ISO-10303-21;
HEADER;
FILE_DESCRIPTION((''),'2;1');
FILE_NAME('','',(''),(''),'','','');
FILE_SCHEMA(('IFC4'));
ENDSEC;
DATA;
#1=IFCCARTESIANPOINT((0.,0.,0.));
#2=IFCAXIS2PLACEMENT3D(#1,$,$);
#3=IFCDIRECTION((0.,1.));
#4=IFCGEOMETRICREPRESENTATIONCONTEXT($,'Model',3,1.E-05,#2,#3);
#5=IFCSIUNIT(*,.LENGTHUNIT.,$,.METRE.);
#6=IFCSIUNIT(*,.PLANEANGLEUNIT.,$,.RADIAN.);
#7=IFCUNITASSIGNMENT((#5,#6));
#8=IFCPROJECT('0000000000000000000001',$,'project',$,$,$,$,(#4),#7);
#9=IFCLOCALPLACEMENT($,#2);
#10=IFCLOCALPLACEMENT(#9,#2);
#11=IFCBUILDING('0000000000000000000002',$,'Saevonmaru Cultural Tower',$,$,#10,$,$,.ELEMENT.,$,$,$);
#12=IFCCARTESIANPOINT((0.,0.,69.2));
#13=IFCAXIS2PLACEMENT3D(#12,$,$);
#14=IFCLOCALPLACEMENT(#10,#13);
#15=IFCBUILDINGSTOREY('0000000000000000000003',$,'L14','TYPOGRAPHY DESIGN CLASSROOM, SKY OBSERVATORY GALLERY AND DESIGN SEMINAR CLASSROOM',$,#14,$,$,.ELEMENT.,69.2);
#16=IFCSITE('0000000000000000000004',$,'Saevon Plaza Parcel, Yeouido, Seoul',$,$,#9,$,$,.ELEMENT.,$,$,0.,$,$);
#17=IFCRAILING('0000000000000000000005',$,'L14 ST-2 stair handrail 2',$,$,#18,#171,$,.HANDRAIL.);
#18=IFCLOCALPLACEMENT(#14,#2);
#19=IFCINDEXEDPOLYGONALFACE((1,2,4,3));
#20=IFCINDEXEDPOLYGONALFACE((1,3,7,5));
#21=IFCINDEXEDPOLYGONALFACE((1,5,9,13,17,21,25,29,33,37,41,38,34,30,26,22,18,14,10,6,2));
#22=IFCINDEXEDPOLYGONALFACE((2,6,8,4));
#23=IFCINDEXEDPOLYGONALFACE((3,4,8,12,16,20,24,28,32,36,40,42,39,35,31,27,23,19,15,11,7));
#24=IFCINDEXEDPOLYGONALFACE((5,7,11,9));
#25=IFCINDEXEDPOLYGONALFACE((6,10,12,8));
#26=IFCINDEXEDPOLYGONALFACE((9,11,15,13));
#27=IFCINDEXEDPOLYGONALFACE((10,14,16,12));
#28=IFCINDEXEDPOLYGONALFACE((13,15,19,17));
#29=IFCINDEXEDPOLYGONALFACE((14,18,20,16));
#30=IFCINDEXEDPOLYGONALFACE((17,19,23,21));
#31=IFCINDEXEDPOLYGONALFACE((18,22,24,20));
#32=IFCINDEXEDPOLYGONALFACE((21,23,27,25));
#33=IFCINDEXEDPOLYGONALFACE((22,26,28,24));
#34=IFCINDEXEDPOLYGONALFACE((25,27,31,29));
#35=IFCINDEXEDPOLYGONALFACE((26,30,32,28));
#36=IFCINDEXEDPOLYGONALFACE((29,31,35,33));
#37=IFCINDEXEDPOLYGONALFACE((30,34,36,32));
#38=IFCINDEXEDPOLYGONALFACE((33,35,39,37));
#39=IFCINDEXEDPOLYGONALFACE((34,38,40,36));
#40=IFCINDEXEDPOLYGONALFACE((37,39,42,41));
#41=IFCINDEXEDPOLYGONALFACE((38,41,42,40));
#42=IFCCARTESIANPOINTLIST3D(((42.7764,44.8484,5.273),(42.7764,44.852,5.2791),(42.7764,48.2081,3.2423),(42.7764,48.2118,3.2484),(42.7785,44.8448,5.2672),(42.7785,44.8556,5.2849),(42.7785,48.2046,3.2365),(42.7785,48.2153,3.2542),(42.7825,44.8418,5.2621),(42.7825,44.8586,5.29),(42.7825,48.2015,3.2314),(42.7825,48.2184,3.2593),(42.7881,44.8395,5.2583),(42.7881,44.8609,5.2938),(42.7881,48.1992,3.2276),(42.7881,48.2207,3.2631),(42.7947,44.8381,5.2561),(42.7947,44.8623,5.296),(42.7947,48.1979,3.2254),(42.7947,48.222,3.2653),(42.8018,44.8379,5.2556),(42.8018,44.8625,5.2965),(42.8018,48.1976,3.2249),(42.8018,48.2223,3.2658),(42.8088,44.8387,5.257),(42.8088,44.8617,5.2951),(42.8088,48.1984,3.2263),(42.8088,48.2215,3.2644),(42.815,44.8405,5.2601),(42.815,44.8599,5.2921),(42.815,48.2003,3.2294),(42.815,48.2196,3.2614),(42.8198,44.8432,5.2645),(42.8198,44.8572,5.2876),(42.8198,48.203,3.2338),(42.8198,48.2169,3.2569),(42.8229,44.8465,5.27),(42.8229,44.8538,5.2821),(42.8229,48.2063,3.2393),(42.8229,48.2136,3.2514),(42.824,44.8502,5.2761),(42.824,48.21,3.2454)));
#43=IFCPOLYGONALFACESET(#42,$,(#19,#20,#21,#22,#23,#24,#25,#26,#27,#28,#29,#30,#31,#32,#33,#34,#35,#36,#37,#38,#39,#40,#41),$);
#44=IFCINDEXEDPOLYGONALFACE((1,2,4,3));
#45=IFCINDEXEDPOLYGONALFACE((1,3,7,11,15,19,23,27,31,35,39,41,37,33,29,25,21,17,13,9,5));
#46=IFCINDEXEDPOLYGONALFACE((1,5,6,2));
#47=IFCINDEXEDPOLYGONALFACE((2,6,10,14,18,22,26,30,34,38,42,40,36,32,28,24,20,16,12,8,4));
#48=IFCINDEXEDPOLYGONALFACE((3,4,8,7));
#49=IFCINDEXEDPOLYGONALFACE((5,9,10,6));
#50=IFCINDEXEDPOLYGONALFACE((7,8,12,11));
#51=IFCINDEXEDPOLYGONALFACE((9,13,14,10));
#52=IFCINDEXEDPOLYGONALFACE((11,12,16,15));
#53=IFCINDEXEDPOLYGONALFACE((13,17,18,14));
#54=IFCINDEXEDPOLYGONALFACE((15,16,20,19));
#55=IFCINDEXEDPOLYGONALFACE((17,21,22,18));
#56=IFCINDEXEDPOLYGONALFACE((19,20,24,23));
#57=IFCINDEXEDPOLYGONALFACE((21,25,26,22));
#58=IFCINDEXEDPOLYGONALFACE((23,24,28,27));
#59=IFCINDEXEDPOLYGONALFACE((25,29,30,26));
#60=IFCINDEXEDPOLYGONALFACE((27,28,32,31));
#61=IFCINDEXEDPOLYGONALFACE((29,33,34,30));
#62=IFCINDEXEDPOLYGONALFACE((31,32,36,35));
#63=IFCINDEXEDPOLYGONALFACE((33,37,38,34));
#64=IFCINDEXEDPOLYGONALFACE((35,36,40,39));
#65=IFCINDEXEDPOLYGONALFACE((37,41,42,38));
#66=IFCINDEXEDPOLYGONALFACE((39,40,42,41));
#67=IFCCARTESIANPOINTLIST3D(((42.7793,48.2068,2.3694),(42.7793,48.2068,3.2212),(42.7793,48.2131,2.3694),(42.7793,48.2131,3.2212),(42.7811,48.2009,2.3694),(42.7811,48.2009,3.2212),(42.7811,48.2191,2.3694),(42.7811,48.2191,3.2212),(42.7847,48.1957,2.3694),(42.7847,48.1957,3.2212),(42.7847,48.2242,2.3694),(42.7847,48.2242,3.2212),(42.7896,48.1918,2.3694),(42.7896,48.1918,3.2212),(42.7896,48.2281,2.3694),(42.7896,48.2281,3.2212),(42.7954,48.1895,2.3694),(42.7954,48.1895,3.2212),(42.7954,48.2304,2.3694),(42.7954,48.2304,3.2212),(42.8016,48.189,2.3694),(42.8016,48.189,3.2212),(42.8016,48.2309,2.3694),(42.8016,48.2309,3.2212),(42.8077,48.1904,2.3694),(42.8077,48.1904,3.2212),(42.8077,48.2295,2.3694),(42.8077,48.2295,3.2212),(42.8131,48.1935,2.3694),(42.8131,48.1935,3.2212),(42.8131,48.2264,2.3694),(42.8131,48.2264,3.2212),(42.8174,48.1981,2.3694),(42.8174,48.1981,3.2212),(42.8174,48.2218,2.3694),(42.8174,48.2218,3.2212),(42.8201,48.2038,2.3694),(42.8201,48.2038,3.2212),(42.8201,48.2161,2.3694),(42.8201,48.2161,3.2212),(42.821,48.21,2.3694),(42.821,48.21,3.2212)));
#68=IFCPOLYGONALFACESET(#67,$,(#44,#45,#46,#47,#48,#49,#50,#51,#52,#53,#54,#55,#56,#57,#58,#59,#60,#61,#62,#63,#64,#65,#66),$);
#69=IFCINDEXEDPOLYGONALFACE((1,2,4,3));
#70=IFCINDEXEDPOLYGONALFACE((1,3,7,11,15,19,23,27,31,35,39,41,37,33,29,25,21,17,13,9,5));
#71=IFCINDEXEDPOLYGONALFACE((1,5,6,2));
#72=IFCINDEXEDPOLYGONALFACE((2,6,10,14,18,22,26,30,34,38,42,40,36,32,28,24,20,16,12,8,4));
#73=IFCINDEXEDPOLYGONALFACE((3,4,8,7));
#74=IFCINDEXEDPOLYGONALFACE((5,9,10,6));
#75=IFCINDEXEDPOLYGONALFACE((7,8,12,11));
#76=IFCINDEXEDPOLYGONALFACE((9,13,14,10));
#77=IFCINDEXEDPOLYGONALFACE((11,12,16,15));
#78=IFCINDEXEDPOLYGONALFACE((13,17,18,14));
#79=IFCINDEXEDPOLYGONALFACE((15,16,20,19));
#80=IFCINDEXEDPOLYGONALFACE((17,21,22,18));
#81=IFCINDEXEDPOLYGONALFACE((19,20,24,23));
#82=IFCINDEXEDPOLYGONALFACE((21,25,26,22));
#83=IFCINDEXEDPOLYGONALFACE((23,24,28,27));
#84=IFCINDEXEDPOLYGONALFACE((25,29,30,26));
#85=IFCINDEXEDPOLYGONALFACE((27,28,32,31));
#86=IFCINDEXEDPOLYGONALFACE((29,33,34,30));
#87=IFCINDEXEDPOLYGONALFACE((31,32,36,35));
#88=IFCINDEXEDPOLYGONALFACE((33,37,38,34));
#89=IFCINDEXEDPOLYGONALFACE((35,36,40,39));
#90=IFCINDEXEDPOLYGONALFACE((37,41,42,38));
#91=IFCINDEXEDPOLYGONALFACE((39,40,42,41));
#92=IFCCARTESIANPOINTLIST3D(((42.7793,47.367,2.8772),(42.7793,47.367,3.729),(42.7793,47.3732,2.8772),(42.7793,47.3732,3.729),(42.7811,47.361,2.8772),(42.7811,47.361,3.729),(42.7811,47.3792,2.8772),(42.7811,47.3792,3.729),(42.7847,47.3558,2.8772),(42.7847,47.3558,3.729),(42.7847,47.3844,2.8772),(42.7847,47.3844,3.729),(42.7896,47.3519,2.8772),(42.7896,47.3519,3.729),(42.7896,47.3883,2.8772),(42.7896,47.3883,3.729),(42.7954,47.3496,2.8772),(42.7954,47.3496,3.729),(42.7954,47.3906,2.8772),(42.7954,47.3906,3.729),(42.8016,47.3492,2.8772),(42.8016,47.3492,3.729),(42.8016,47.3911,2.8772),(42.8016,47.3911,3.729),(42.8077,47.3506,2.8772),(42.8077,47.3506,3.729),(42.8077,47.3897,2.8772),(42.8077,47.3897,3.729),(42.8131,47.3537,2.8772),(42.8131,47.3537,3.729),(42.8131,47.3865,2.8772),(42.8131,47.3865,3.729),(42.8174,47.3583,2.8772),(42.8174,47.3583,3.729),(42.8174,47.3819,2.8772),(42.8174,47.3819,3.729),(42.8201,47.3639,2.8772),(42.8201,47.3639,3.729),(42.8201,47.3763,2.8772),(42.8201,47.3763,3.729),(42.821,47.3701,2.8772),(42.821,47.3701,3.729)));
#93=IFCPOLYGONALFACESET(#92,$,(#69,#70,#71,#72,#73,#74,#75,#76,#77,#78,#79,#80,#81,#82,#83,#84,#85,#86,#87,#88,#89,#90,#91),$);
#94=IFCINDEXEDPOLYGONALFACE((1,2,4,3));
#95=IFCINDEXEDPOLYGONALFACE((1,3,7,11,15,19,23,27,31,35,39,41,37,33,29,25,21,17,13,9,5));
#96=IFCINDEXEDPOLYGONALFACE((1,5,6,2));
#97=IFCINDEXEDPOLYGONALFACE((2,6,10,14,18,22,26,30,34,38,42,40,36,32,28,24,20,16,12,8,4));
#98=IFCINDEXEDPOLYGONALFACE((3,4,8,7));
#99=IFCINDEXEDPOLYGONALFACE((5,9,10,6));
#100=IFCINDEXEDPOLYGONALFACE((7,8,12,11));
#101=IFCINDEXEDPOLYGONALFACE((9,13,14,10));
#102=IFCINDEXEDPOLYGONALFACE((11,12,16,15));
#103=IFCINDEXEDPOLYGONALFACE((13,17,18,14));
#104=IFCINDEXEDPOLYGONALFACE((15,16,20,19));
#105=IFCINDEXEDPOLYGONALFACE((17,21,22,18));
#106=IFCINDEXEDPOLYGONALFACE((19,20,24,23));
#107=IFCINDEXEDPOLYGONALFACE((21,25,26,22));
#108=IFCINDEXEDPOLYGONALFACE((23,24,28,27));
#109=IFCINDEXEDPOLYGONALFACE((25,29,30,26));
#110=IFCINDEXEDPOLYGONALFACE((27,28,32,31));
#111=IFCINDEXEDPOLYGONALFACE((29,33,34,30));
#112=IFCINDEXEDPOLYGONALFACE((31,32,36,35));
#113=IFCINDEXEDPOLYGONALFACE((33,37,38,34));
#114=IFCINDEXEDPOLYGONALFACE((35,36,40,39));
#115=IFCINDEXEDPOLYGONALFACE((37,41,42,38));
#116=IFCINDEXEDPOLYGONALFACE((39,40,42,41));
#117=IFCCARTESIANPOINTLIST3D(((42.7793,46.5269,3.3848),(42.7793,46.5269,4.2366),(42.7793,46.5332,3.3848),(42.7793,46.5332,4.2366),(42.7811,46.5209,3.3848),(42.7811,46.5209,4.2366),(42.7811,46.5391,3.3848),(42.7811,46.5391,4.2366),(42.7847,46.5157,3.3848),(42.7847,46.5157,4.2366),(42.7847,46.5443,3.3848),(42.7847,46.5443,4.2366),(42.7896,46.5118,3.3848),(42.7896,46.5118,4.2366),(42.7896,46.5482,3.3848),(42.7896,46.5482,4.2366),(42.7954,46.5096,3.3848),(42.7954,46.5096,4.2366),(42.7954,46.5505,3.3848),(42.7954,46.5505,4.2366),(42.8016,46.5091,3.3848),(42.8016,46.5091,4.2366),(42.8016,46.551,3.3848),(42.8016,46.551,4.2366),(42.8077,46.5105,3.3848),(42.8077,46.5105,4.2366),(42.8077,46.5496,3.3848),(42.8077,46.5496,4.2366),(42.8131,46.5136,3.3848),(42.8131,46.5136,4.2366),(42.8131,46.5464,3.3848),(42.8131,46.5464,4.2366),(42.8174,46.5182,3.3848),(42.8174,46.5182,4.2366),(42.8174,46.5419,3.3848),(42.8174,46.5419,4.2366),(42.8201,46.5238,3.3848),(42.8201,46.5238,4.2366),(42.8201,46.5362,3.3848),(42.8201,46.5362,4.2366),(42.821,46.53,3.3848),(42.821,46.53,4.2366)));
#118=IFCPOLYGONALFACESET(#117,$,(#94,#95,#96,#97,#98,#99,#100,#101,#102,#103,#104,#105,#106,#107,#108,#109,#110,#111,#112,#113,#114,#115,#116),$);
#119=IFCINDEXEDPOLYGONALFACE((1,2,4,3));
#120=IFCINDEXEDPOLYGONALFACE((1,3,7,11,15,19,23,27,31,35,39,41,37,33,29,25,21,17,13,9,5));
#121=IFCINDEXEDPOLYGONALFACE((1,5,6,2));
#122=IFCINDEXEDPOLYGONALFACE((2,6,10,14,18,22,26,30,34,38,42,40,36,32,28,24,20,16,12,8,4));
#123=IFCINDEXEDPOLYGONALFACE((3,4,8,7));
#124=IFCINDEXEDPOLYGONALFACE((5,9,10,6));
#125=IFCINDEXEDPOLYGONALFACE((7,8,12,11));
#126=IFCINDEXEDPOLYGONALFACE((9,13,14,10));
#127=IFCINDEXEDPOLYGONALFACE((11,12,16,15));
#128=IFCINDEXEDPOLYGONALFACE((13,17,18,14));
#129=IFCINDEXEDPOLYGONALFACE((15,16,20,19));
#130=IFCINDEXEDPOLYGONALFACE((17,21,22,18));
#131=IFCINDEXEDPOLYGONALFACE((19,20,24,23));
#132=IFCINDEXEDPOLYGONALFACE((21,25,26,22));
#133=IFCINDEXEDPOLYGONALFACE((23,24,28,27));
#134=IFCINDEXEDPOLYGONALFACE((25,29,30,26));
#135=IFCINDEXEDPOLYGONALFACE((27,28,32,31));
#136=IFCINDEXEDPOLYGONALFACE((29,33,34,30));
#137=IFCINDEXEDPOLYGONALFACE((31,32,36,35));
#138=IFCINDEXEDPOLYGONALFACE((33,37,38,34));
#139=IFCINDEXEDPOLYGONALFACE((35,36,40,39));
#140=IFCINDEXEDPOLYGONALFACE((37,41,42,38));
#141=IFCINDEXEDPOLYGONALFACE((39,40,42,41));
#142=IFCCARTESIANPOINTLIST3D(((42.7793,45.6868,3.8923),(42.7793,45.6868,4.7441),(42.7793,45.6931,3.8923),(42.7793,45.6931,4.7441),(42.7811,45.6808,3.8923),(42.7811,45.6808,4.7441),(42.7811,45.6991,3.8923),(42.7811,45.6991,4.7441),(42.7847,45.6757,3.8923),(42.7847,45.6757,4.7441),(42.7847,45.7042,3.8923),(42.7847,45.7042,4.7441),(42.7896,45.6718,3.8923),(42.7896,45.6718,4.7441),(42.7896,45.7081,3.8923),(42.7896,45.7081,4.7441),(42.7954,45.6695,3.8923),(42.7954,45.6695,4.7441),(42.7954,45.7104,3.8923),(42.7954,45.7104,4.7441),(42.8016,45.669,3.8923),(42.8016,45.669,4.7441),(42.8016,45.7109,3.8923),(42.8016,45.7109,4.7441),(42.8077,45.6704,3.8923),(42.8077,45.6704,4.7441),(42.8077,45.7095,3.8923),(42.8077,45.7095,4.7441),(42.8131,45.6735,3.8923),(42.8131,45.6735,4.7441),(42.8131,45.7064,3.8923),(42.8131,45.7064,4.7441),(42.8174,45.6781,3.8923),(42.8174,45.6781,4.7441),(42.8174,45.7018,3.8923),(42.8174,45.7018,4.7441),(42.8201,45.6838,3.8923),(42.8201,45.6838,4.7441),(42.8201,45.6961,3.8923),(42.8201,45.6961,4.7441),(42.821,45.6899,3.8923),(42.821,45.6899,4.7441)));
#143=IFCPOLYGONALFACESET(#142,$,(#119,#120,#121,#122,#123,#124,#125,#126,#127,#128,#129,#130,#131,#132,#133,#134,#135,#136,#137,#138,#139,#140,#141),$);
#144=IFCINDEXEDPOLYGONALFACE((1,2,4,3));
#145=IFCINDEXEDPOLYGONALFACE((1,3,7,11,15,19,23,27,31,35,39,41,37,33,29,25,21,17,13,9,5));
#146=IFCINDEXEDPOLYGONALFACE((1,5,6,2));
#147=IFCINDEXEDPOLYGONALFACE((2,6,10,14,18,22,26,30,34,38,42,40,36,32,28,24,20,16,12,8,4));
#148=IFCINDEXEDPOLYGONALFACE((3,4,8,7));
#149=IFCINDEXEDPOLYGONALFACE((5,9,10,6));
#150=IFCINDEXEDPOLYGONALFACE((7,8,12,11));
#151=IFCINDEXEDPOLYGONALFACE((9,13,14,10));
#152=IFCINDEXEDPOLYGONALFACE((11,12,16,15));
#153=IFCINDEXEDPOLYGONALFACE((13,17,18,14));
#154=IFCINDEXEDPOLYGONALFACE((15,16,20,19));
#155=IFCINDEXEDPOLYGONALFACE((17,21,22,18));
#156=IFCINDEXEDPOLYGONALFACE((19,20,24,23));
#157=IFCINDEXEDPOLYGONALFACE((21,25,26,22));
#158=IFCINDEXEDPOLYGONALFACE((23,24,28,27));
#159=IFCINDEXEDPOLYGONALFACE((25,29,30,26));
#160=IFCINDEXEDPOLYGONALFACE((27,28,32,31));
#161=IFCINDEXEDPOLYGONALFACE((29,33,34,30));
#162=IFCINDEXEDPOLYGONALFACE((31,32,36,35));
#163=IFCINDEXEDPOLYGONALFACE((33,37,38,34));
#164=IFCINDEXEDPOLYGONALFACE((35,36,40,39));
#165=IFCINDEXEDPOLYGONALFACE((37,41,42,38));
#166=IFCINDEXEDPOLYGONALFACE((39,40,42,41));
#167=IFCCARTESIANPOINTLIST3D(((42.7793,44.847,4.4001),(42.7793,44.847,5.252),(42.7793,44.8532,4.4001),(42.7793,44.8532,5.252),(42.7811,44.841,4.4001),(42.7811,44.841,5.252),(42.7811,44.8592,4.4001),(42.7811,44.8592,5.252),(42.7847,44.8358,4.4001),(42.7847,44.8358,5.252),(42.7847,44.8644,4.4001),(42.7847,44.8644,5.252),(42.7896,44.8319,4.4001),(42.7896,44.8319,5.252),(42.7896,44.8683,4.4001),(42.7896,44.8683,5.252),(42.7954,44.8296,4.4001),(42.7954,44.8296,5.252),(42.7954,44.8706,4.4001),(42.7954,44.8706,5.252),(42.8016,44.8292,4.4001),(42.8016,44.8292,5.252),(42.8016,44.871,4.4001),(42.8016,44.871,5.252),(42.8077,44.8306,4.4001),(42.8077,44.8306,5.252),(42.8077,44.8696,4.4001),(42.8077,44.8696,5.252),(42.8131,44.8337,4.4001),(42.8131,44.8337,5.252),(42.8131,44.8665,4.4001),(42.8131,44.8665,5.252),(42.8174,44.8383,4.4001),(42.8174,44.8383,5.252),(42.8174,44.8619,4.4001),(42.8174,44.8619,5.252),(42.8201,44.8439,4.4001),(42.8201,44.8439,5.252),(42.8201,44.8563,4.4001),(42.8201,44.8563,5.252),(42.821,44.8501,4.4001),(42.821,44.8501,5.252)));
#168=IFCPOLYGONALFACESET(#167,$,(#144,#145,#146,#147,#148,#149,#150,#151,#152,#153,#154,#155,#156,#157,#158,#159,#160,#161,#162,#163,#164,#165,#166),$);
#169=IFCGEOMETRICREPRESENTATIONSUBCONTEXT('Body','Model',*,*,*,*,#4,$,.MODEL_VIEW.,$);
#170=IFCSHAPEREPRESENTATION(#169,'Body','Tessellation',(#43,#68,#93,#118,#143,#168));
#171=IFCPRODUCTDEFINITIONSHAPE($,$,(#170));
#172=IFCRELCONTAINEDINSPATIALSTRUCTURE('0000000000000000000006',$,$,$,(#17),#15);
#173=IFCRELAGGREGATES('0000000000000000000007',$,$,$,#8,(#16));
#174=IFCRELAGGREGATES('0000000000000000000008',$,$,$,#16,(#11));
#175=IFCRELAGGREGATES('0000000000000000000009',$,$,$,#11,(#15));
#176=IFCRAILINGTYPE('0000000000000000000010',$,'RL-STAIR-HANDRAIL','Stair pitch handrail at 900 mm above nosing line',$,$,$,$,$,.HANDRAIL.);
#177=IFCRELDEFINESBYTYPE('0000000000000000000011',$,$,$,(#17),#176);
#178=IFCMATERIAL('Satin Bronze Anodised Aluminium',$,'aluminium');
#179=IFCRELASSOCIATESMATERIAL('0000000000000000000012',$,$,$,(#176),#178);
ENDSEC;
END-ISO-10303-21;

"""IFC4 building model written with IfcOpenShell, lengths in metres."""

from ifc_helpers import new_model, si_unit, direction, frame, origin, origin_2d, place, context, subcontext, project, spatial, circle, extrude, material, type_object, element, save


model = new_model("IFC4")

# Units and contexts
model_context = context("Model", 3, precision=1e-05, world=origin(), true_north=direction((0.0, 1.0)))
body_context = subcontext(model_context, "Body", "Model", "MODEL_VIEW")
ifc_project = project(units=[si_unit("LENGTHUNIT", "METRE"), si_unit("PLANEANGLEUNIT", "RADIAN")], contexts=[model_context])

# Site, building, storey
site_placement = place(None, origin())
site = spatial("IfcSite", under=ifc_project, at=site_placement, Name="Saevon Plaza Parcel, Yeouido, Seoul", CompositionType="ELEMENT", RefElevation=0.0)
building_placement = place(site_placement, origin())
building = spatial("IfcBuilding", under=site, at=building_placement, Name="Saevonmaru Cultural Tower", CompositionType="ELEMENT")
storey_placement = place(building_placement, frame((0.0, 0.0, 69.2)))
storey = spatial("IfcBuildingStorey", under=building, at=storey_placement, Name="L14", Description="TYPOGRAPHY DESIGN CLASSROOM, SKY OBSERVATORY GALLERY AND DESIGN SEMINAR CLASSROOM", CompositionType="ELEMENT", Elevation=69.2)

# Shared definitions
ifc_material_1 = material(Name="Satin Bronze Anodised Aluminium", Category="aluminium")

# Railing
railing_type_1 = type_object("IfcRailingType", Name="RL-STAIR-HANDRAIL", Description="Stair pitch handrail at 900 mm above nosing line", PredefinedType="HANDRAIL", material=ifc_material_1)
railing_1_placement = place(storey_placement, frame((42.8, 48.21, 2.3694)))
element("IfcRailing", 1, at=railing_1_placement, inside=storey, type_object=railing_type_1, Name="L14 ST-2 stair handrail 2", PredefinedType="HANDRAIL", context=body_context, shape_type="SweptSolid", body=[
    extrude(circle(Radius=0.0239, at=origin_2d()), frame((0.0, 0.0, 0.876), z_axis=(0.0, -0.85582, 0.517273), x_axis=(1.0, 0.0, 0.0)), (0.0, 0.0, 1.0), 3.9258),
    extrude(circle(Radius=0.021, at=origin_2d()), origin(), (0.0, 0.0, 1.0), 0.8518),
    extrude(circle(Radius=0.021, at=origin_2d()), frame((0.0, -0.8398, 0.5078)), (0.0, 0.0, 1.0), 0.8518),
    extrude(circle(Radius=0.021, at=origin_2d()), frame((0.0, -1.6799, 1.0154)), (0.0, 0.0, 1.0), 0.8518),
    extrude(circle(Radius=0.021, at=origin_2d()), frame((0.0, -2.52, 1.5229)), (0.0, 0.0, 1.0), 0.8518),
    extrude(circle(Radius=0.021, at=origin_2d()), frame((0.0, -3.3599, 2.0308)), (0.0, 0.0, 1.0), 0.8518),
])

save(model, "model.ifc")
